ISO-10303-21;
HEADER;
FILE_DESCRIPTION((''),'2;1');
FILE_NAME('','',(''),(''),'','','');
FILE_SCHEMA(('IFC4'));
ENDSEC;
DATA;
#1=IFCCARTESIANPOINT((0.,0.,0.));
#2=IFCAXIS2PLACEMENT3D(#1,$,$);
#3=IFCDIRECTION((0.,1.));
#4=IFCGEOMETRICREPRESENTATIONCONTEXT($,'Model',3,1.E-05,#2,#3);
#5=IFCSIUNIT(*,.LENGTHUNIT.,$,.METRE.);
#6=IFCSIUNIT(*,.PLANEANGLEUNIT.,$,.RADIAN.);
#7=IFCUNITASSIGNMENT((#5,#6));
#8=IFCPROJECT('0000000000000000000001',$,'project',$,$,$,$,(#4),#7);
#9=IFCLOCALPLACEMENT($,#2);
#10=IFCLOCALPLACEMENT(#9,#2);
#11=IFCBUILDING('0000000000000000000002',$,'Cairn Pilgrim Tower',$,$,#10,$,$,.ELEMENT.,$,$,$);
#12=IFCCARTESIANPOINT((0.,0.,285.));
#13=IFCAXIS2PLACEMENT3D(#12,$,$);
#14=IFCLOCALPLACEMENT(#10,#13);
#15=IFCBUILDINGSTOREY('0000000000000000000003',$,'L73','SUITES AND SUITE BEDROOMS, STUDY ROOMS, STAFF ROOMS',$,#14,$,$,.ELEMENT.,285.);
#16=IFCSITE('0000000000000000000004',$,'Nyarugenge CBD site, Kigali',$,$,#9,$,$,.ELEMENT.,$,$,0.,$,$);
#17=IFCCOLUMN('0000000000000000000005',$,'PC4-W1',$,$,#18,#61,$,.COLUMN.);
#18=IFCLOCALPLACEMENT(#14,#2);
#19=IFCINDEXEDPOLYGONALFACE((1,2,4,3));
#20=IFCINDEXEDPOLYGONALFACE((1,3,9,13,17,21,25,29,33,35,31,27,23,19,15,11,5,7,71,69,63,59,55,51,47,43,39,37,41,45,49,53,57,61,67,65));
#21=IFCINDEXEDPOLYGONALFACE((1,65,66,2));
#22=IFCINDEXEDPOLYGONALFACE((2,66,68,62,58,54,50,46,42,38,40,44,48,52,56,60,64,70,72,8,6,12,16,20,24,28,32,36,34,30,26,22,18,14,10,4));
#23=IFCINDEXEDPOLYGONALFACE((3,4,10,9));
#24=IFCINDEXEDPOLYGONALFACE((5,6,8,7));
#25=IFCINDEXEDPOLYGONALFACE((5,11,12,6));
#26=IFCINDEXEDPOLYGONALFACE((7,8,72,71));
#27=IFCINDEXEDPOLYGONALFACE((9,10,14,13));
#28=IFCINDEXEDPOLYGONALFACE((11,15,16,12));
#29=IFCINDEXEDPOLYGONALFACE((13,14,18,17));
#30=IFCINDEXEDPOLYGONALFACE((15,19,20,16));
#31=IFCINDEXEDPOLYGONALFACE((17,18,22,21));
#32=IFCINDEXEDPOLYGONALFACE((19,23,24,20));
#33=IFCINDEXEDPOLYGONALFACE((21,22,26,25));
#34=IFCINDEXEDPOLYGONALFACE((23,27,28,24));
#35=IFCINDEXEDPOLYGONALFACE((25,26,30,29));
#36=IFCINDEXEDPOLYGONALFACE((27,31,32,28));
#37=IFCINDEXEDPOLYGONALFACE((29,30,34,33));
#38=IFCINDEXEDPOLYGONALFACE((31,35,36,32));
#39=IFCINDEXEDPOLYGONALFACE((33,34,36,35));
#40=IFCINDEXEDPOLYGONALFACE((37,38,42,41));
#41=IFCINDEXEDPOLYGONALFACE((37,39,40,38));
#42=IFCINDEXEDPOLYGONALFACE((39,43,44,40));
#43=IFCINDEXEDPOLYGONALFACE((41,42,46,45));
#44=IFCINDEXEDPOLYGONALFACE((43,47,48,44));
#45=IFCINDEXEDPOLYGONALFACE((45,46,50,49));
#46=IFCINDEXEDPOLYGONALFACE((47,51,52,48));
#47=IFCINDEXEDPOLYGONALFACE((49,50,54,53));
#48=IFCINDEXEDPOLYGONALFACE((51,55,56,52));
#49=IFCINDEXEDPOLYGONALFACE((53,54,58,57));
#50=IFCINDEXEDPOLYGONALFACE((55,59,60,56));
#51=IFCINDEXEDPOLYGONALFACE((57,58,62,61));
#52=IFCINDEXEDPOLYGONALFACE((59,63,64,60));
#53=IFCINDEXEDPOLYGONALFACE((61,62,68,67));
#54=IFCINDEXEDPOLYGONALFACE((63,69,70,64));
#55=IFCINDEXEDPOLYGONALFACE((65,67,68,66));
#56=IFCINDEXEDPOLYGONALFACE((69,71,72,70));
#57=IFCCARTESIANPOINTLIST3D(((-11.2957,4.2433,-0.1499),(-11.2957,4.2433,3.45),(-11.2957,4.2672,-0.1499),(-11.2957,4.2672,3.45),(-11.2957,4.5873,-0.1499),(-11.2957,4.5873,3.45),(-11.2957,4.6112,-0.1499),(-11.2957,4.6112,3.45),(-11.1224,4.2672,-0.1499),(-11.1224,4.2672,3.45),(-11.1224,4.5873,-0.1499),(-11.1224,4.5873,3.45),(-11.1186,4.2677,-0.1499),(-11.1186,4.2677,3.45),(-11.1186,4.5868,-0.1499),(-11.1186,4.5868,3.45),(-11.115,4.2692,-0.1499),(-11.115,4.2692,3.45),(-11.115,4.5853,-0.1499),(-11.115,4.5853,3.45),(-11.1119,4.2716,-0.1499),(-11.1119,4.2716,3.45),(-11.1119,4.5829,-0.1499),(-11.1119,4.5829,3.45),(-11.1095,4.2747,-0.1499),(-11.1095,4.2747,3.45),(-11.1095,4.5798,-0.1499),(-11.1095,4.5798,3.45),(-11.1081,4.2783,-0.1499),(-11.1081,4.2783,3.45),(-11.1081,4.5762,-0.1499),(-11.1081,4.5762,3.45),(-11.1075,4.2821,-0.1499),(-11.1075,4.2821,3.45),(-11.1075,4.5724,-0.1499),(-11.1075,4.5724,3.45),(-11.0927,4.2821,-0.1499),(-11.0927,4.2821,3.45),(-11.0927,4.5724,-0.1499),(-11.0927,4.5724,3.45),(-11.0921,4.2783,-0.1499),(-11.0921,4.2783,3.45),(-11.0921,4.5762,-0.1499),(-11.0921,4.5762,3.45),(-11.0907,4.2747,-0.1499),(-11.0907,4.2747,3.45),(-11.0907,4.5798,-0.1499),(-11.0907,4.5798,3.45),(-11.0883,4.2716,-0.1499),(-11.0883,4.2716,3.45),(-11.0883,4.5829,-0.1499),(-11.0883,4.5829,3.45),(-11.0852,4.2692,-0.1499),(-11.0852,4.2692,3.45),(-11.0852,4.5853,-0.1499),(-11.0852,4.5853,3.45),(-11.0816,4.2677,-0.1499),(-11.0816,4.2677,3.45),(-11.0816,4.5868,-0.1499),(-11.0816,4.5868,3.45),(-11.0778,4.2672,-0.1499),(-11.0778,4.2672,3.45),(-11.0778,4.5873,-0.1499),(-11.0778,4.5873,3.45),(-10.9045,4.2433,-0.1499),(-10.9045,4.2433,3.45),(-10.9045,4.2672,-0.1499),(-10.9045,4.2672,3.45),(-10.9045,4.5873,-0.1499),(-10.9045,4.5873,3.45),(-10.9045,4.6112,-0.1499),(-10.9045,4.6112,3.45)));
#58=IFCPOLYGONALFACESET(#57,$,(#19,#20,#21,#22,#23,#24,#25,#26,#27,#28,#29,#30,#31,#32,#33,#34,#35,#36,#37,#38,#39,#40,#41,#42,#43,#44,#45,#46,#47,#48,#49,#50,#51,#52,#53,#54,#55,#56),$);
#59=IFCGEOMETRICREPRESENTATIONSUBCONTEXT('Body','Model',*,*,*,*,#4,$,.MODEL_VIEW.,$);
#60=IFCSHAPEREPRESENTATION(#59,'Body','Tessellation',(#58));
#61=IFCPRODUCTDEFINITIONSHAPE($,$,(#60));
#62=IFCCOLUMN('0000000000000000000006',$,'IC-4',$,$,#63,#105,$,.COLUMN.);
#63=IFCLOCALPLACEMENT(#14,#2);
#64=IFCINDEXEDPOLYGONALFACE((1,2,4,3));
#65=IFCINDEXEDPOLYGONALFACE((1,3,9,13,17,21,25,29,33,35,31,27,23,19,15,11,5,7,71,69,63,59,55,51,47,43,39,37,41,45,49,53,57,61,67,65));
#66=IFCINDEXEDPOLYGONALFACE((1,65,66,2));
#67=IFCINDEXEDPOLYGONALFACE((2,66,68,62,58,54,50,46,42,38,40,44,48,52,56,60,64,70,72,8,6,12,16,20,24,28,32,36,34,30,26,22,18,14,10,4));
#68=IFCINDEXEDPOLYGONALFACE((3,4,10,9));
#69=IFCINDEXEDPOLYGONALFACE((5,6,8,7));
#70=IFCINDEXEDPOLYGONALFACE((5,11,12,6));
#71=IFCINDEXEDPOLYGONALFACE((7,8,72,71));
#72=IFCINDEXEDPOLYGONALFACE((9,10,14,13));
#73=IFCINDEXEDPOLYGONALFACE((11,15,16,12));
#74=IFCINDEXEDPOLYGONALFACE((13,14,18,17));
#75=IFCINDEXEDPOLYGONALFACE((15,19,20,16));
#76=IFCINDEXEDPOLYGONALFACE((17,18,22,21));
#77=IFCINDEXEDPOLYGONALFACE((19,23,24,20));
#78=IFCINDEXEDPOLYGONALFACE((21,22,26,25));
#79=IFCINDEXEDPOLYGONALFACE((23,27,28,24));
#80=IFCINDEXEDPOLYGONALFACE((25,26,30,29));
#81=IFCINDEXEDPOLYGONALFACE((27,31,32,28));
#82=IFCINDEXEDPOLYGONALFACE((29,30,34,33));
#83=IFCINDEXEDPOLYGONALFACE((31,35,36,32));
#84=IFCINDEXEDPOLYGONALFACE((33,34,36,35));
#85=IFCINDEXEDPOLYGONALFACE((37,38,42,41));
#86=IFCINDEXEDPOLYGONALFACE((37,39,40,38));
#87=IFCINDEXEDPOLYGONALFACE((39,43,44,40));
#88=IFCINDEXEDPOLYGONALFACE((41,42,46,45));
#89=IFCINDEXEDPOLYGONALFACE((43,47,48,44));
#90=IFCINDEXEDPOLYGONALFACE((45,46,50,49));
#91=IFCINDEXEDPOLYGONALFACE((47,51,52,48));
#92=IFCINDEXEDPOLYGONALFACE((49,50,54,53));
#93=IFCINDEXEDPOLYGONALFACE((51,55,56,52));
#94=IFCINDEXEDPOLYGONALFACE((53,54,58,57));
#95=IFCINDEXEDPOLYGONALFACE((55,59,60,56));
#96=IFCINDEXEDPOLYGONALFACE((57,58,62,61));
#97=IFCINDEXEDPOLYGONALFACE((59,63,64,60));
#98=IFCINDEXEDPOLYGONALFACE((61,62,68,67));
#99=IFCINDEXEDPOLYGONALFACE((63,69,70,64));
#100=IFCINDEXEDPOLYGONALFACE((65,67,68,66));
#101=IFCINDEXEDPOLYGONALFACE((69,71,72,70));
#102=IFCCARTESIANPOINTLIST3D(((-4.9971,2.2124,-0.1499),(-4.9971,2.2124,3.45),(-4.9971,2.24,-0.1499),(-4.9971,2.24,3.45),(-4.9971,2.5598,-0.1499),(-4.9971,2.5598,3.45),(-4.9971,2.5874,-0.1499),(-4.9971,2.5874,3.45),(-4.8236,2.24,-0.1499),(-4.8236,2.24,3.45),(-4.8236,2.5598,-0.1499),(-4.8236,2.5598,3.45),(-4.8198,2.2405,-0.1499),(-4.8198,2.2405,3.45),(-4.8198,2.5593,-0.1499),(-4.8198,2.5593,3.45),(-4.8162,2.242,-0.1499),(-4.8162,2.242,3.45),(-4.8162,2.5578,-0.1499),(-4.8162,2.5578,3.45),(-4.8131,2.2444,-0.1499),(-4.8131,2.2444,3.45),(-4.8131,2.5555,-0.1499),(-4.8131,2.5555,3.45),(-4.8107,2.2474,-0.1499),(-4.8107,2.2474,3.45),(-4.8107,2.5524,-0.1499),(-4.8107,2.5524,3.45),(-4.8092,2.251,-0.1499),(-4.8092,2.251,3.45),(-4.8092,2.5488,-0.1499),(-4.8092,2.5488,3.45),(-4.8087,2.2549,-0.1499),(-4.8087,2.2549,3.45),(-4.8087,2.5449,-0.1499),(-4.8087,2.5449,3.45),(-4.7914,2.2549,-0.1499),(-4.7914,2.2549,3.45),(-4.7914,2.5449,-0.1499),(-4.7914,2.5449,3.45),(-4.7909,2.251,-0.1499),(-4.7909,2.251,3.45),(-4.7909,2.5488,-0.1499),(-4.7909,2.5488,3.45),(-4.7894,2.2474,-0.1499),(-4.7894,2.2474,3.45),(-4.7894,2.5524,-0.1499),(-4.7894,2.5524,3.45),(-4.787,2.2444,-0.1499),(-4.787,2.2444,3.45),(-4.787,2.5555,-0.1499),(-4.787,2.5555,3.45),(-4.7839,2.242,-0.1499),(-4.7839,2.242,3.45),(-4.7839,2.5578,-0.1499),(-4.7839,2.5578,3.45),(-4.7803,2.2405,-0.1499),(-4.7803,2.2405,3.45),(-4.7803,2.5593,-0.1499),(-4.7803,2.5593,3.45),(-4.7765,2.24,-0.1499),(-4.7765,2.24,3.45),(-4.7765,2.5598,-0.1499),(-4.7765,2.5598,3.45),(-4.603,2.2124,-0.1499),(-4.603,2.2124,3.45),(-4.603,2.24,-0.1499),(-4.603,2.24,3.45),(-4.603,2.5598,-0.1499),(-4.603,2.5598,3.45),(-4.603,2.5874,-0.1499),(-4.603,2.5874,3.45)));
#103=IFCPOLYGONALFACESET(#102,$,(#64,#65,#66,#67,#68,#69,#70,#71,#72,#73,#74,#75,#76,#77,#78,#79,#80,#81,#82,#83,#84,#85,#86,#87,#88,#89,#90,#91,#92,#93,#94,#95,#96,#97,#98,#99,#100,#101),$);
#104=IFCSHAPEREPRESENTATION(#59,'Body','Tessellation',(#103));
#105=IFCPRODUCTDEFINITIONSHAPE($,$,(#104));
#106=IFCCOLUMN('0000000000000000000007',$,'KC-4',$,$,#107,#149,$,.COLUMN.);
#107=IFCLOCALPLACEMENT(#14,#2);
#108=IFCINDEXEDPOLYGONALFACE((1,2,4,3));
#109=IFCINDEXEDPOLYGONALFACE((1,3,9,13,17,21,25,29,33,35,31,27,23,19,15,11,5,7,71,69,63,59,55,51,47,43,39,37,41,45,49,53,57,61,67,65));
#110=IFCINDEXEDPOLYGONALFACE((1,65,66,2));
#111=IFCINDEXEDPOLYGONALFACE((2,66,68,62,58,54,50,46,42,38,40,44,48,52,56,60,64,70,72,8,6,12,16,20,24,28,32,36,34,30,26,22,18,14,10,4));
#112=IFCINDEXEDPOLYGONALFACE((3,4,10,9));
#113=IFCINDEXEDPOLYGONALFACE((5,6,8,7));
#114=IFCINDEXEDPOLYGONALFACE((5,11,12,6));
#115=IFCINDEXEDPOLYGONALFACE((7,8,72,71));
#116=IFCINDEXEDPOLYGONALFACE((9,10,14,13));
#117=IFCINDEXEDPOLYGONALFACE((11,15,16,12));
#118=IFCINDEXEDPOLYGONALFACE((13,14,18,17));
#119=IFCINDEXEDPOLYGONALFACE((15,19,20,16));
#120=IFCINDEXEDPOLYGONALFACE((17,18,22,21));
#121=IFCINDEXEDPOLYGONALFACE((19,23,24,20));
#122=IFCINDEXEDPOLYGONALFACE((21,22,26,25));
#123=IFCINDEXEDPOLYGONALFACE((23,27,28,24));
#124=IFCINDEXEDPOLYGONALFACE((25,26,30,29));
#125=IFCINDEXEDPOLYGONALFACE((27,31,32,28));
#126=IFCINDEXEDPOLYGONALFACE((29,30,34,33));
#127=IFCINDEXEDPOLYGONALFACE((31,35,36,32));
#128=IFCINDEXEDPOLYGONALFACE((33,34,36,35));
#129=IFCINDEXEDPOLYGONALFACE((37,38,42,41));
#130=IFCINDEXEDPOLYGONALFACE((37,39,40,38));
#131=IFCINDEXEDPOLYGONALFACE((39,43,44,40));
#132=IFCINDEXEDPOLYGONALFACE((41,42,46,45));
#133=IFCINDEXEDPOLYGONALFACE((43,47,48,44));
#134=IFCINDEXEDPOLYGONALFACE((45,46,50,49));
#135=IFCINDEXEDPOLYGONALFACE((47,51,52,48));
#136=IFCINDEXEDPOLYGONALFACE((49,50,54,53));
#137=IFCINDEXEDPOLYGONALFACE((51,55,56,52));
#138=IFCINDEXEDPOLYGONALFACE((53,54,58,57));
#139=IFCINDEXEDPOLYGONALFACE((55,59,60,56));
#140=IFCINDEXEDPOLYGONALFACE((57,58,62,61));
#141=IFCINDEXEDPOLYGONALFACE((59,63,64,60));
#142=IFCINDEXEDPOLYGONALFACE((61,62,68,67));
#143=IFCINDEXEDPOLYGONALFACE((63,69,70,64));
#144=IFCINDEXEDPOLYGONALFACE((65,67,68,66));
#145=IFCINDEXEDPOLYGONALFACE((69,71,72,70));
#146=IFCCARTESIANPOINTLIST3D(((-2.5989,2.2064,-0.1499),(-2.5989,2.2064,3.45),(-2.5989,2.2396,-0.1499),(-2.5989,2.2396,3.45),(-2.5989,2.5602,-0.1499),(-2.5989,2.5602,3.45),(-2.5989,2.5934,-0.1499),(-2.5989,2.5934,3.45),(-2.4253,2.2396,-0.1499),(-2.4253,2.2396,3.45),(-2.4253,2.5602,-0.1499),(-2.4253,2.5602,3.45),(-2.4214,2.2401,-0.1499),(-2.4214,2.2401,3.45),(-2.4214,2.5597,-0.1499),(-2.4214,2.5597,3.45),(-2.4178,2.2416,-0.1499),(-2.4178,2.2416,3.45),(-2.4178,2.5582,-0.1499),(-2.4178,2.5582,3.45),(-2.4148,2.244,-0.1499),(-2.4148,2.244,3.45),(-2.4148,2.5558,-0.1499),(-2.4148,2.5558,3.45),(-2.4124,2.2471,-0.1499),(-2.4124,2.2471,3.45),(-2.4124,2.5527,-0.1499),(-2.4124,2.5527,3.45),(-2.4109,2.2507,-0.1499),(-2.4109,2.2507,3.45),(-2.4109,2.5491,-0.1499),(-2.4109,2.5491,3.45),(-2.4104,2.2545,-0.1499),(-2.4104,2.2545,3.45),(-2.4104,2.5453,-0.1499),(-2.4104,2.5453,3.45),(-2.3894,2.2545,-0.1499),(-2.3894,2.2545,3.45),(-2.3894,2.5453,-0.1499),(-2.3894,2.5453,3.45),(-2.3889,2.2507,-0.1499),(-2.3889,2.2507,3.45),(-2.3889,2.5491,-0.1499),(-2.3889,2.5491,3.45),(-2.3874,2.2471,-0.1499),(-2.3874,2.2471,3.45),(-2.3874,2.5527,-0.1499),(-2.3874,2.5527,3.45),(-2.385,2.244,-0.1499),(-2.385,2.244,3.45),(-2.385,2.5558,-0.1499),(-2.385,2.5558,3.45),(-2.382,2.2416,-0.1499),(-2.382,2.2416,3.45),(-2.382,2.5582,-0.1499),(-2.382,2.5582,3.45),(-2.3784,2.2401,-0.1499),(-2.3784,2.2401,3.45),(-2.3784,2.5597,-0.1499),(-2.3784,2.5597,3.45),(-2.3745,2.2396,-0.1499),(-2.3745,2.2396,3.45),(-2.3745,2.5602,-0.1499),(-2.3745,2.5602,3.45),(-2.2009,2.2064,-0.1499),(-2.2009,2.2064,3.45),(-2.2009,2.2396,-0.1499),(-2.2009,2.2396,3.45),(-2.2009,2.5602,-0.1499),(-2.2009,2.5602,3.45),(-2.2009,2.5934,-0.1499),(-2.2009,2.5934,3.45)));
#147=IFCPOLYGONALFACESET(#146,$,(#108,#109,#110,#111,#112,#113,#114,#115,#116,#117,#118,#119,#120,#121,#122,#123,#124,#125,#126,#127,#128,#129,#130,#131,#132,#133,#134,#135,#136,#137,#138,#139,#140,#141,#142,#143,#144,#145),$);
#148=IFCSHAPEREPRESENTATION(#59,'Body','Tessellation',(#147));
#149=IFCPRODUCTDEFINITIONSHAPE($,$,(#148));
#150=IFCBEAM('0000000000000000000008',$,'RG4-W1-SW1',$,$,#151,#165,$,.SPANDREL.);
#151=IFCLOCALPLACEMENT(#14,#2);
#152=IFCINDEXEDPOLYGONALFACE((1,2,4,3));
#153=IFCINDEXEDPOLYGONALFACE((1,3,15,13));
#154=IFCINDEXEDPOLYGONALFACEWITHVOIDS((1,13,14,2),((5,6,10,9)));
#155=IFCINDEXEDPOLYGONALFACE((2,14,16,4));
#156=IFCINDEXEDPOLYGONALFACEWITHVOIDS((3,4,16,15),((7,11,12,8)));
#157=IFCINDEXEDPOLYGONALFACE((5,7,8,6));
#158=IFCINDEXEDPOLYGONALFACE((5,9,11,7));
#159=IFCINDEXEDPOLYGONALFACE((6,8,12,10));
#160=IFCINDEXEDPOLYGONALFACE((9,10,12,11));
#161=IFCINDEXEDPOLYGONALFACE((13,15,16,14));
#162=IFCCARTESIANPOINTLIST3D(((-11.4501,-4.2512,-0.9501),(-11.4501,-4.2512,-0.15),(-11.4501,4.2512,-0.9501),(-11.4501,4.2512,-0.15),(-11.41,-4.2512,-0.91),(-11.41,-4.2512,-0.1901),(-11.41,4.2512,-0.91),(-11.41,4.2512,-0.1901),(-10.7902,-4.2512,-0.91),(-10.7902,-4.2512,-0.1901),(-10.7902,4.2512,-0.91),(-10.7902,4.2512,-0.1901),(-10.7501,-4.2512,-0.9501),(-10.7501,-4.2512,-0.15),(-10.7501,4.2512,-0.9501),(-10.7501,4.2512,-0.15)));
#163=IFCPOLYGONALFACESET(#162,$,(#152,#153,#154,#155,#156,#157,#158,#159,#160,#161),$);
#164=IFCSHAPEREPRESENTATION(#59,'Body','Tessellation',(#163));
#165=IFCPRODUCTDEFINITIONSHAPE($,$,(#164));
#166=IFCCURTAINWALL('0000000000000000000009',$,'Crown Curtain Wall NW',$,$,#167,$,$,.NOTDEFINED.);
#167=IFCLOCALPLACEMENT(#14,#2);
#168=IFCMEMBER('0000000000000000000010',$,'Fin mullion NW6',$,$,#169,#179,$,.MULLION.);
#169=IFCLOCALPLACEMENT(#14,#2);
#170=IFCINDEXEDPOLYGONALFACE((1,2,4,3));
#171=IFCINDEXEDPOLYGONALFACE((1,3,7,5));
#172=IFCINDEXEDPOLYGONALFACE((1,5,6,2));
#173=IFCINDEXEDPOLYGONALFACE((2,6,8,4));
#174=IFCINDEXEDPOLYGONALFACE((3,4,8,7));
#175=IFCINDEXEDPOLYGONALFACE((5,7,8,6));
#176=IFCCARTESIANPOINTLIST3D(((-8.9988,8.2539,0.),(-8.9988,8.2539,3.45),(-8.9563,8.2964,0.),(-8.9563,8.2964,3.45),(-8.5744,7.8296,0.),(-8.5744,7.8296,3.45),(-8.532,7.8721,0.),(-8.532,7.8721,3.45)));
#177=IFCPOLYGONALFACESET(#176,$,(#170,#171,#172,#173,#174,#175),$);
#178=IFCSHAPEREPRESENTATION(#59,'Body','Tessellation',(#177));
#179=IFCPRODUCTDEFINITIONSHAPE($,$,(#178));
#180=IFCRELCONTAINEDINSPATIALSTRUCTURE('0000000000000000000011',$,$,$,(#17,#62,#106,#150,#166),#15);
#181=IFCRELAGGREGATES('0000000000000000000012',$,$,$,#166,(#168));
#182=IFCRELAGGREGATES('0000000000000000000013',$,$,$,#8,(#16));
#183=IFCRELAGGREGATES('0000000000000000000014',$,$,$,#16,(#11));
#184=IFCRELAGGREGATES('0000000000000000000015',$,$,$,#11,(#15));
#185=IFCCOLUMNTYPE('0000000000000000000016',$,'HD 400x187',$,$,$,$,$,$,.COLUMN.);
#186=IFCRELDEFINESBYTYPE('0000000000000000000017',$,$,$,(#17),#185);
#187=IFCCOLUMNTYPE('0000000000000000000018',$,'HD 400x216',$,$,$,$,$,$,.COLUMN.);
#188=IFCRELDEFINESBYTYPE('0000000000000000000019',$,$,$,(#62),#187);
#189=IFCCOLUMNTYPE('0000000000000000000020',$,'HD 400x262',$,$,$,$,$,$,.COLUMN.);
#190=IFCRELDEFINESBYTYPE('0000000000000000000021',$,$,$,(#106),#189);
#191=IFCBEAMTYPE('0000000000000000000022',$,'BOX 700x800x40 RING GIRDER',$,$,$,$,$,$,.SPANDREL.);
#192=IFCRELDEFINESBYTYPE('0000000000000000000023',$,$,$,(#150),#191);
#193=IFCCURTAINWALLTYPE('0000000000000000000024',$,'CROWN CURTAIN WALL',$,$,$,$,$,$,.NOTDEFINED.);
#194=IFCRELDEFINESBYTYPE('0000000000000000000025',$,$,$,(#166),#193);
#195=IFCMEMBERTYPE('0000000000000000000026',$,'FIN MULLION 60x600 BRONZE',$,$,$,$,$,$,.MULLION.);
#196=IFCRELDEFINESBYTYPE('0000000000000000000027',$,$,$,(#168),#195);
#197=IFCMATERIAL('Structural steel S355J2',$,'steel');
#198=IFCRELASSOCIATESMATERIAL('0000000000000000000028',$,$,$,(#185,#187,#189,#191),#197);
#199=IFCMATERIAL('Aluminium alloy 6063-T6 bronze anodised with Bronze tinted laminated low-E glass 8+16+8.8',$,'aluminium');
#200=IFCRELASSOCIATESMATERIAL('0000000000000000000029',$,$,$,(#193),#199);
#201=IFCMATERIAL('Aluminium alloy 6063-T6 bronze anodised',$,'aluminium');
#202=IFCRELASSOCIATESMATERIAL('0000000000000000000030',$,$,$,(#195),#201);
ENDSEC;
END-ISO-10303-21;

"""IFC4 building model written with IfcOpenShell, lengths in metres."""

from ifc_helpers import new_model, si_unit, direction, frame, origin, origin_2d, place, context, subcontext, project, spatial, rectangle, hollow_rectangle, i_section, extrude, material, material_profile, profile_set, type_object, element, aggregate, save


model = new_model("IFC4")

# Units and contexts
model_context = context("Model", 3, precision=1e-05, world=origin(), true_north=direction((0.0, 1.0)))
body_context = subcontext(model_context, "Body", "Model", "MODEL_VIEW")
ifc_project = project(units=[si_unit("LENGTHUNIT", "METRE"), si_unit("PLANEANGLEUNIT", "RADIAN")], contexts=[model_context])

# Site, building, storey
site_placement = place(None, origin())
site = spatial("IfcSite", under=ifc_project, at=site_placement, Name="Nyarugenge CBD site, Kigali", CompositionType="ELEMENT", RefElevation=0.0)
building_placement = place(site_placement, origin())
building = spatial("IfcBuilding", under=site, at=building_placement, Name="Cairn Pilgrim Tower", CompositionType="ELEMENT")
storey_placement = place(building_placement, frame((0.0, 0.0, 285.0)))
storey = spatial("IfcBuildingStorey", under=building, at=storey_placement, Name="L73", Description="SUITES AND SUITE BEDROOMS, STUDY ROOMS, STAFF ROOMS", CompositionType="ELEMENT", Elevation=285.0)

# Columns
ifc_material_1 = material(Name="Structural steel S355J2", Category="steel")
ifc_material_profile_1 = material_profile(ifc_material_1, i_section(OverallWidth=0.3911, OverallDepth=0.3679, WebThickness=0.0149, FlangeThickness=0.0239, FilletRadius=0.0149, at=origin_2d()), Name="HD 400x187")
ifc_profile_set_1 = profile_set([ifc_material_profile_1], Name="Structural steel S355J2")
column_type_1 = type_object("IfcColumnType", Name="HD 400x187", PredefinedType="COLUMN", material=ifc_profile_set_1)
column_1_placement = place(storey_placement, frame((-11.1001, 4.4272, -0.1499), z_axis=(0.0, 0.0, 1.0), x_axis=(1.0, 0.0, 0.0)))
element("IfcColumn", 1, at=column_1_placement, inside=storey, type_object=column_type_1, Name="PC4-W1", PredefinedType="COLUMN", context=body_context, shape_type="SweptSolid", body=[
    extrude(i_section(OverallWidth=0.3911, OverallDepth=0.3679, WebThickness=0.0149, FlangeThickness=0.0239, FilletRadius=0.0149, at=origin_2d()), origin(), (0.0, 0.0, 1.0), 3.5999),
])
ifc_material_profile_2 = material_profile(ifc_material_1, i_section(OverallWidth=0.394, OverallDepth=0.375, WebThickness=0.0173, FlangeThickness=0.0276, FilletRadius=0.0149, at=origin_2d()), Name="HD 400x216")
ifc_profile_set_2 = profile_set([ifc_material_profile_2], Name="Structural steel S355J2")
column_type_2 = type_object("IfcColumnType", Name="HD 400x216", PredefinedType="COLUMN", material=ifc_profile_set_2)
column_2_placement = place(storey_placement, frame((-4.8, 2.3999, -0.1499), z_axis=(0.0, 0.0, 1.0), x_axis=(1.0, 0.0, 0.0)))
element("IfcColumn", 2, at=column_2_placement, inside=storey, type_object=column_type_2, Name="IC-4", PredefinedType="COLUMN", context=body_context, shape_type="SweptSolid", body=[
    extrude(i_section(OverallWidth=0.394, OverallDepth=0.375, WebThickness=0.0173, FlangeThickness=0.0276, FilletRadius=0.0149, at=origin_2d()), origin(), (0.0, 0.0, 1.0), 3.5999),
])
ifc_material_profile_3 = material_profile(ifc_material_1, i_section(OverallWidth=0.3979, OverallDepth=0.387, WebThickness=0.021, FlangeThickness=0.0332, FilletRadius=0.0149, at=origin_2d()), Name="HD 400x262")
ifc_profile_set_3 = profile_set([ifc_material_profile_3], Name="Structural steel S355J2")
column_type_3 = type_object("IfcColumnType", Name="HD 400x262", PredefinedType="COLUMN", material=ifc_profile_set_3)
column_3_placement = place(storey_placement, frame((-2.3999, 2.3999, -0.1499), z_axis=(0.0, 0.0, 1.0), x_axis=(1.0, 0.0, 0.0)))
element("IfcColumn", 3, at=column_3_placement, inside=storey, type_object=column_type_3, Name="KC-4", PredefinedType="COLUMN", context=body_context, shape_type="SweptSolid", body=[
    extrude(i_section(OverallWidth=0.3979, OverallDepth=0.387, WebThickness=0.021, FlangeThickness=0.0332, FilletRadius=0.0149, at=origin_2d()), origin(), (0.0, 0.0, 1.0), 3.5999),
])

# Beam
ifc_material_profile_4 = material_profile(ifc_material_1, hollow_rectangle(XDim=0.7, YDim=0.8, WallThickness=0.04, at=origin_2d()), Name="BOX 700x800x40")
ifc_profile_set_4 = profile_set([ifc_material_profile_4], Name="Structural steel S355J2")
beam_type_1 = type_object("IfcBeamType", Name="BOX 700x800x40 RING GIRDER", PredefinedType="SPANDREL", material=ifc_profile_set_4)
beam_1_placement = place(storey_placement, frame((-11.1001, 4.2512, -0.55), z_axis=(0.0, -1.0, 0.0), x_axis=(1.0, 0.0, 0.0)))
element("IfcBeam", 4, at=beam_1_placement, inside=storey, type_object=beam_type_1, Name="RG4-W1-SW1", PredefinedType="SPANDREL", context=body_context, shape_type="SweptSolid", body=[
    extrude(hollow_rectangle(XDim=0.7, YDim=0.8, WallThickness=0.04, at=origin_2d()), origin(), (0.0, 0.0, 1.0), 8.5024),
])

# Curtain wall, member
ifc_material_2 = material(Name="Aluminium alloy 6063-T6 bronze anodised with Bronze tinted laminated low-E glass 8+16+8.8", Category="aluminium")
curtain_wall_type = type_object("IfcCurtainWallType", Name="CROWN CURTAIN WALL", PredefinedType="NOTDEFINED", material=ifc_material_2)
curtain_wall_1_placement = place(storey_placement, origin())
curtain_wall_1 = element("IfcCurtainWall", 5, at=curtain_wall_1_placement, inside=storey, type_object=curtain_wall_type, Name="Crown Curtain Wall NW", PredefinedType="NOTDEFINED")
ifc_material_3 = material(Name="Aluminium alloy 6063-T6 bronze anodised", Category="aluminium")
ifc_material_profile_5 = material_profile(ifc_material_3, rectangle(XDim=0.6001, YDim=0.0601, at=origin_2d()), Name="FIN MULLION 60x600 BRONZE")
ifc_profile_set_5 = profile_set([ifc_material_profile_5], Name="Aluminium alloy 6063-T6 bronze anodised")
member_type_1 = type_object("IfcMemberType", Name="FIN MULLION 60x600 BRONZE", PredefinedType="MULLION", material=ifc_profile_set_5)
member_1_placement = place(storey_placement, frame((-8.7654, 8.063, 0.0), z_axis=(0.0, 0.0, 1.0), x_axis=(-0.707107, 0.707107, 0.0)))
member_1 = element("IfcMember", 6, at=member_1_placement, type_object=member_type_1, Name="Fin mullion NW6", PredefinedType="MULLION", context=body_context, shape_type="SweptSolid", body=[
    extrude(rectangle(XDim=0.6001, YDim=0.0601, at=origin_2d()), origin(), (0.0, 0.0, 1.0), 3.45),
])

aggregate(curtain_wall_1, [member_1])

save(model, "model.ifc")
